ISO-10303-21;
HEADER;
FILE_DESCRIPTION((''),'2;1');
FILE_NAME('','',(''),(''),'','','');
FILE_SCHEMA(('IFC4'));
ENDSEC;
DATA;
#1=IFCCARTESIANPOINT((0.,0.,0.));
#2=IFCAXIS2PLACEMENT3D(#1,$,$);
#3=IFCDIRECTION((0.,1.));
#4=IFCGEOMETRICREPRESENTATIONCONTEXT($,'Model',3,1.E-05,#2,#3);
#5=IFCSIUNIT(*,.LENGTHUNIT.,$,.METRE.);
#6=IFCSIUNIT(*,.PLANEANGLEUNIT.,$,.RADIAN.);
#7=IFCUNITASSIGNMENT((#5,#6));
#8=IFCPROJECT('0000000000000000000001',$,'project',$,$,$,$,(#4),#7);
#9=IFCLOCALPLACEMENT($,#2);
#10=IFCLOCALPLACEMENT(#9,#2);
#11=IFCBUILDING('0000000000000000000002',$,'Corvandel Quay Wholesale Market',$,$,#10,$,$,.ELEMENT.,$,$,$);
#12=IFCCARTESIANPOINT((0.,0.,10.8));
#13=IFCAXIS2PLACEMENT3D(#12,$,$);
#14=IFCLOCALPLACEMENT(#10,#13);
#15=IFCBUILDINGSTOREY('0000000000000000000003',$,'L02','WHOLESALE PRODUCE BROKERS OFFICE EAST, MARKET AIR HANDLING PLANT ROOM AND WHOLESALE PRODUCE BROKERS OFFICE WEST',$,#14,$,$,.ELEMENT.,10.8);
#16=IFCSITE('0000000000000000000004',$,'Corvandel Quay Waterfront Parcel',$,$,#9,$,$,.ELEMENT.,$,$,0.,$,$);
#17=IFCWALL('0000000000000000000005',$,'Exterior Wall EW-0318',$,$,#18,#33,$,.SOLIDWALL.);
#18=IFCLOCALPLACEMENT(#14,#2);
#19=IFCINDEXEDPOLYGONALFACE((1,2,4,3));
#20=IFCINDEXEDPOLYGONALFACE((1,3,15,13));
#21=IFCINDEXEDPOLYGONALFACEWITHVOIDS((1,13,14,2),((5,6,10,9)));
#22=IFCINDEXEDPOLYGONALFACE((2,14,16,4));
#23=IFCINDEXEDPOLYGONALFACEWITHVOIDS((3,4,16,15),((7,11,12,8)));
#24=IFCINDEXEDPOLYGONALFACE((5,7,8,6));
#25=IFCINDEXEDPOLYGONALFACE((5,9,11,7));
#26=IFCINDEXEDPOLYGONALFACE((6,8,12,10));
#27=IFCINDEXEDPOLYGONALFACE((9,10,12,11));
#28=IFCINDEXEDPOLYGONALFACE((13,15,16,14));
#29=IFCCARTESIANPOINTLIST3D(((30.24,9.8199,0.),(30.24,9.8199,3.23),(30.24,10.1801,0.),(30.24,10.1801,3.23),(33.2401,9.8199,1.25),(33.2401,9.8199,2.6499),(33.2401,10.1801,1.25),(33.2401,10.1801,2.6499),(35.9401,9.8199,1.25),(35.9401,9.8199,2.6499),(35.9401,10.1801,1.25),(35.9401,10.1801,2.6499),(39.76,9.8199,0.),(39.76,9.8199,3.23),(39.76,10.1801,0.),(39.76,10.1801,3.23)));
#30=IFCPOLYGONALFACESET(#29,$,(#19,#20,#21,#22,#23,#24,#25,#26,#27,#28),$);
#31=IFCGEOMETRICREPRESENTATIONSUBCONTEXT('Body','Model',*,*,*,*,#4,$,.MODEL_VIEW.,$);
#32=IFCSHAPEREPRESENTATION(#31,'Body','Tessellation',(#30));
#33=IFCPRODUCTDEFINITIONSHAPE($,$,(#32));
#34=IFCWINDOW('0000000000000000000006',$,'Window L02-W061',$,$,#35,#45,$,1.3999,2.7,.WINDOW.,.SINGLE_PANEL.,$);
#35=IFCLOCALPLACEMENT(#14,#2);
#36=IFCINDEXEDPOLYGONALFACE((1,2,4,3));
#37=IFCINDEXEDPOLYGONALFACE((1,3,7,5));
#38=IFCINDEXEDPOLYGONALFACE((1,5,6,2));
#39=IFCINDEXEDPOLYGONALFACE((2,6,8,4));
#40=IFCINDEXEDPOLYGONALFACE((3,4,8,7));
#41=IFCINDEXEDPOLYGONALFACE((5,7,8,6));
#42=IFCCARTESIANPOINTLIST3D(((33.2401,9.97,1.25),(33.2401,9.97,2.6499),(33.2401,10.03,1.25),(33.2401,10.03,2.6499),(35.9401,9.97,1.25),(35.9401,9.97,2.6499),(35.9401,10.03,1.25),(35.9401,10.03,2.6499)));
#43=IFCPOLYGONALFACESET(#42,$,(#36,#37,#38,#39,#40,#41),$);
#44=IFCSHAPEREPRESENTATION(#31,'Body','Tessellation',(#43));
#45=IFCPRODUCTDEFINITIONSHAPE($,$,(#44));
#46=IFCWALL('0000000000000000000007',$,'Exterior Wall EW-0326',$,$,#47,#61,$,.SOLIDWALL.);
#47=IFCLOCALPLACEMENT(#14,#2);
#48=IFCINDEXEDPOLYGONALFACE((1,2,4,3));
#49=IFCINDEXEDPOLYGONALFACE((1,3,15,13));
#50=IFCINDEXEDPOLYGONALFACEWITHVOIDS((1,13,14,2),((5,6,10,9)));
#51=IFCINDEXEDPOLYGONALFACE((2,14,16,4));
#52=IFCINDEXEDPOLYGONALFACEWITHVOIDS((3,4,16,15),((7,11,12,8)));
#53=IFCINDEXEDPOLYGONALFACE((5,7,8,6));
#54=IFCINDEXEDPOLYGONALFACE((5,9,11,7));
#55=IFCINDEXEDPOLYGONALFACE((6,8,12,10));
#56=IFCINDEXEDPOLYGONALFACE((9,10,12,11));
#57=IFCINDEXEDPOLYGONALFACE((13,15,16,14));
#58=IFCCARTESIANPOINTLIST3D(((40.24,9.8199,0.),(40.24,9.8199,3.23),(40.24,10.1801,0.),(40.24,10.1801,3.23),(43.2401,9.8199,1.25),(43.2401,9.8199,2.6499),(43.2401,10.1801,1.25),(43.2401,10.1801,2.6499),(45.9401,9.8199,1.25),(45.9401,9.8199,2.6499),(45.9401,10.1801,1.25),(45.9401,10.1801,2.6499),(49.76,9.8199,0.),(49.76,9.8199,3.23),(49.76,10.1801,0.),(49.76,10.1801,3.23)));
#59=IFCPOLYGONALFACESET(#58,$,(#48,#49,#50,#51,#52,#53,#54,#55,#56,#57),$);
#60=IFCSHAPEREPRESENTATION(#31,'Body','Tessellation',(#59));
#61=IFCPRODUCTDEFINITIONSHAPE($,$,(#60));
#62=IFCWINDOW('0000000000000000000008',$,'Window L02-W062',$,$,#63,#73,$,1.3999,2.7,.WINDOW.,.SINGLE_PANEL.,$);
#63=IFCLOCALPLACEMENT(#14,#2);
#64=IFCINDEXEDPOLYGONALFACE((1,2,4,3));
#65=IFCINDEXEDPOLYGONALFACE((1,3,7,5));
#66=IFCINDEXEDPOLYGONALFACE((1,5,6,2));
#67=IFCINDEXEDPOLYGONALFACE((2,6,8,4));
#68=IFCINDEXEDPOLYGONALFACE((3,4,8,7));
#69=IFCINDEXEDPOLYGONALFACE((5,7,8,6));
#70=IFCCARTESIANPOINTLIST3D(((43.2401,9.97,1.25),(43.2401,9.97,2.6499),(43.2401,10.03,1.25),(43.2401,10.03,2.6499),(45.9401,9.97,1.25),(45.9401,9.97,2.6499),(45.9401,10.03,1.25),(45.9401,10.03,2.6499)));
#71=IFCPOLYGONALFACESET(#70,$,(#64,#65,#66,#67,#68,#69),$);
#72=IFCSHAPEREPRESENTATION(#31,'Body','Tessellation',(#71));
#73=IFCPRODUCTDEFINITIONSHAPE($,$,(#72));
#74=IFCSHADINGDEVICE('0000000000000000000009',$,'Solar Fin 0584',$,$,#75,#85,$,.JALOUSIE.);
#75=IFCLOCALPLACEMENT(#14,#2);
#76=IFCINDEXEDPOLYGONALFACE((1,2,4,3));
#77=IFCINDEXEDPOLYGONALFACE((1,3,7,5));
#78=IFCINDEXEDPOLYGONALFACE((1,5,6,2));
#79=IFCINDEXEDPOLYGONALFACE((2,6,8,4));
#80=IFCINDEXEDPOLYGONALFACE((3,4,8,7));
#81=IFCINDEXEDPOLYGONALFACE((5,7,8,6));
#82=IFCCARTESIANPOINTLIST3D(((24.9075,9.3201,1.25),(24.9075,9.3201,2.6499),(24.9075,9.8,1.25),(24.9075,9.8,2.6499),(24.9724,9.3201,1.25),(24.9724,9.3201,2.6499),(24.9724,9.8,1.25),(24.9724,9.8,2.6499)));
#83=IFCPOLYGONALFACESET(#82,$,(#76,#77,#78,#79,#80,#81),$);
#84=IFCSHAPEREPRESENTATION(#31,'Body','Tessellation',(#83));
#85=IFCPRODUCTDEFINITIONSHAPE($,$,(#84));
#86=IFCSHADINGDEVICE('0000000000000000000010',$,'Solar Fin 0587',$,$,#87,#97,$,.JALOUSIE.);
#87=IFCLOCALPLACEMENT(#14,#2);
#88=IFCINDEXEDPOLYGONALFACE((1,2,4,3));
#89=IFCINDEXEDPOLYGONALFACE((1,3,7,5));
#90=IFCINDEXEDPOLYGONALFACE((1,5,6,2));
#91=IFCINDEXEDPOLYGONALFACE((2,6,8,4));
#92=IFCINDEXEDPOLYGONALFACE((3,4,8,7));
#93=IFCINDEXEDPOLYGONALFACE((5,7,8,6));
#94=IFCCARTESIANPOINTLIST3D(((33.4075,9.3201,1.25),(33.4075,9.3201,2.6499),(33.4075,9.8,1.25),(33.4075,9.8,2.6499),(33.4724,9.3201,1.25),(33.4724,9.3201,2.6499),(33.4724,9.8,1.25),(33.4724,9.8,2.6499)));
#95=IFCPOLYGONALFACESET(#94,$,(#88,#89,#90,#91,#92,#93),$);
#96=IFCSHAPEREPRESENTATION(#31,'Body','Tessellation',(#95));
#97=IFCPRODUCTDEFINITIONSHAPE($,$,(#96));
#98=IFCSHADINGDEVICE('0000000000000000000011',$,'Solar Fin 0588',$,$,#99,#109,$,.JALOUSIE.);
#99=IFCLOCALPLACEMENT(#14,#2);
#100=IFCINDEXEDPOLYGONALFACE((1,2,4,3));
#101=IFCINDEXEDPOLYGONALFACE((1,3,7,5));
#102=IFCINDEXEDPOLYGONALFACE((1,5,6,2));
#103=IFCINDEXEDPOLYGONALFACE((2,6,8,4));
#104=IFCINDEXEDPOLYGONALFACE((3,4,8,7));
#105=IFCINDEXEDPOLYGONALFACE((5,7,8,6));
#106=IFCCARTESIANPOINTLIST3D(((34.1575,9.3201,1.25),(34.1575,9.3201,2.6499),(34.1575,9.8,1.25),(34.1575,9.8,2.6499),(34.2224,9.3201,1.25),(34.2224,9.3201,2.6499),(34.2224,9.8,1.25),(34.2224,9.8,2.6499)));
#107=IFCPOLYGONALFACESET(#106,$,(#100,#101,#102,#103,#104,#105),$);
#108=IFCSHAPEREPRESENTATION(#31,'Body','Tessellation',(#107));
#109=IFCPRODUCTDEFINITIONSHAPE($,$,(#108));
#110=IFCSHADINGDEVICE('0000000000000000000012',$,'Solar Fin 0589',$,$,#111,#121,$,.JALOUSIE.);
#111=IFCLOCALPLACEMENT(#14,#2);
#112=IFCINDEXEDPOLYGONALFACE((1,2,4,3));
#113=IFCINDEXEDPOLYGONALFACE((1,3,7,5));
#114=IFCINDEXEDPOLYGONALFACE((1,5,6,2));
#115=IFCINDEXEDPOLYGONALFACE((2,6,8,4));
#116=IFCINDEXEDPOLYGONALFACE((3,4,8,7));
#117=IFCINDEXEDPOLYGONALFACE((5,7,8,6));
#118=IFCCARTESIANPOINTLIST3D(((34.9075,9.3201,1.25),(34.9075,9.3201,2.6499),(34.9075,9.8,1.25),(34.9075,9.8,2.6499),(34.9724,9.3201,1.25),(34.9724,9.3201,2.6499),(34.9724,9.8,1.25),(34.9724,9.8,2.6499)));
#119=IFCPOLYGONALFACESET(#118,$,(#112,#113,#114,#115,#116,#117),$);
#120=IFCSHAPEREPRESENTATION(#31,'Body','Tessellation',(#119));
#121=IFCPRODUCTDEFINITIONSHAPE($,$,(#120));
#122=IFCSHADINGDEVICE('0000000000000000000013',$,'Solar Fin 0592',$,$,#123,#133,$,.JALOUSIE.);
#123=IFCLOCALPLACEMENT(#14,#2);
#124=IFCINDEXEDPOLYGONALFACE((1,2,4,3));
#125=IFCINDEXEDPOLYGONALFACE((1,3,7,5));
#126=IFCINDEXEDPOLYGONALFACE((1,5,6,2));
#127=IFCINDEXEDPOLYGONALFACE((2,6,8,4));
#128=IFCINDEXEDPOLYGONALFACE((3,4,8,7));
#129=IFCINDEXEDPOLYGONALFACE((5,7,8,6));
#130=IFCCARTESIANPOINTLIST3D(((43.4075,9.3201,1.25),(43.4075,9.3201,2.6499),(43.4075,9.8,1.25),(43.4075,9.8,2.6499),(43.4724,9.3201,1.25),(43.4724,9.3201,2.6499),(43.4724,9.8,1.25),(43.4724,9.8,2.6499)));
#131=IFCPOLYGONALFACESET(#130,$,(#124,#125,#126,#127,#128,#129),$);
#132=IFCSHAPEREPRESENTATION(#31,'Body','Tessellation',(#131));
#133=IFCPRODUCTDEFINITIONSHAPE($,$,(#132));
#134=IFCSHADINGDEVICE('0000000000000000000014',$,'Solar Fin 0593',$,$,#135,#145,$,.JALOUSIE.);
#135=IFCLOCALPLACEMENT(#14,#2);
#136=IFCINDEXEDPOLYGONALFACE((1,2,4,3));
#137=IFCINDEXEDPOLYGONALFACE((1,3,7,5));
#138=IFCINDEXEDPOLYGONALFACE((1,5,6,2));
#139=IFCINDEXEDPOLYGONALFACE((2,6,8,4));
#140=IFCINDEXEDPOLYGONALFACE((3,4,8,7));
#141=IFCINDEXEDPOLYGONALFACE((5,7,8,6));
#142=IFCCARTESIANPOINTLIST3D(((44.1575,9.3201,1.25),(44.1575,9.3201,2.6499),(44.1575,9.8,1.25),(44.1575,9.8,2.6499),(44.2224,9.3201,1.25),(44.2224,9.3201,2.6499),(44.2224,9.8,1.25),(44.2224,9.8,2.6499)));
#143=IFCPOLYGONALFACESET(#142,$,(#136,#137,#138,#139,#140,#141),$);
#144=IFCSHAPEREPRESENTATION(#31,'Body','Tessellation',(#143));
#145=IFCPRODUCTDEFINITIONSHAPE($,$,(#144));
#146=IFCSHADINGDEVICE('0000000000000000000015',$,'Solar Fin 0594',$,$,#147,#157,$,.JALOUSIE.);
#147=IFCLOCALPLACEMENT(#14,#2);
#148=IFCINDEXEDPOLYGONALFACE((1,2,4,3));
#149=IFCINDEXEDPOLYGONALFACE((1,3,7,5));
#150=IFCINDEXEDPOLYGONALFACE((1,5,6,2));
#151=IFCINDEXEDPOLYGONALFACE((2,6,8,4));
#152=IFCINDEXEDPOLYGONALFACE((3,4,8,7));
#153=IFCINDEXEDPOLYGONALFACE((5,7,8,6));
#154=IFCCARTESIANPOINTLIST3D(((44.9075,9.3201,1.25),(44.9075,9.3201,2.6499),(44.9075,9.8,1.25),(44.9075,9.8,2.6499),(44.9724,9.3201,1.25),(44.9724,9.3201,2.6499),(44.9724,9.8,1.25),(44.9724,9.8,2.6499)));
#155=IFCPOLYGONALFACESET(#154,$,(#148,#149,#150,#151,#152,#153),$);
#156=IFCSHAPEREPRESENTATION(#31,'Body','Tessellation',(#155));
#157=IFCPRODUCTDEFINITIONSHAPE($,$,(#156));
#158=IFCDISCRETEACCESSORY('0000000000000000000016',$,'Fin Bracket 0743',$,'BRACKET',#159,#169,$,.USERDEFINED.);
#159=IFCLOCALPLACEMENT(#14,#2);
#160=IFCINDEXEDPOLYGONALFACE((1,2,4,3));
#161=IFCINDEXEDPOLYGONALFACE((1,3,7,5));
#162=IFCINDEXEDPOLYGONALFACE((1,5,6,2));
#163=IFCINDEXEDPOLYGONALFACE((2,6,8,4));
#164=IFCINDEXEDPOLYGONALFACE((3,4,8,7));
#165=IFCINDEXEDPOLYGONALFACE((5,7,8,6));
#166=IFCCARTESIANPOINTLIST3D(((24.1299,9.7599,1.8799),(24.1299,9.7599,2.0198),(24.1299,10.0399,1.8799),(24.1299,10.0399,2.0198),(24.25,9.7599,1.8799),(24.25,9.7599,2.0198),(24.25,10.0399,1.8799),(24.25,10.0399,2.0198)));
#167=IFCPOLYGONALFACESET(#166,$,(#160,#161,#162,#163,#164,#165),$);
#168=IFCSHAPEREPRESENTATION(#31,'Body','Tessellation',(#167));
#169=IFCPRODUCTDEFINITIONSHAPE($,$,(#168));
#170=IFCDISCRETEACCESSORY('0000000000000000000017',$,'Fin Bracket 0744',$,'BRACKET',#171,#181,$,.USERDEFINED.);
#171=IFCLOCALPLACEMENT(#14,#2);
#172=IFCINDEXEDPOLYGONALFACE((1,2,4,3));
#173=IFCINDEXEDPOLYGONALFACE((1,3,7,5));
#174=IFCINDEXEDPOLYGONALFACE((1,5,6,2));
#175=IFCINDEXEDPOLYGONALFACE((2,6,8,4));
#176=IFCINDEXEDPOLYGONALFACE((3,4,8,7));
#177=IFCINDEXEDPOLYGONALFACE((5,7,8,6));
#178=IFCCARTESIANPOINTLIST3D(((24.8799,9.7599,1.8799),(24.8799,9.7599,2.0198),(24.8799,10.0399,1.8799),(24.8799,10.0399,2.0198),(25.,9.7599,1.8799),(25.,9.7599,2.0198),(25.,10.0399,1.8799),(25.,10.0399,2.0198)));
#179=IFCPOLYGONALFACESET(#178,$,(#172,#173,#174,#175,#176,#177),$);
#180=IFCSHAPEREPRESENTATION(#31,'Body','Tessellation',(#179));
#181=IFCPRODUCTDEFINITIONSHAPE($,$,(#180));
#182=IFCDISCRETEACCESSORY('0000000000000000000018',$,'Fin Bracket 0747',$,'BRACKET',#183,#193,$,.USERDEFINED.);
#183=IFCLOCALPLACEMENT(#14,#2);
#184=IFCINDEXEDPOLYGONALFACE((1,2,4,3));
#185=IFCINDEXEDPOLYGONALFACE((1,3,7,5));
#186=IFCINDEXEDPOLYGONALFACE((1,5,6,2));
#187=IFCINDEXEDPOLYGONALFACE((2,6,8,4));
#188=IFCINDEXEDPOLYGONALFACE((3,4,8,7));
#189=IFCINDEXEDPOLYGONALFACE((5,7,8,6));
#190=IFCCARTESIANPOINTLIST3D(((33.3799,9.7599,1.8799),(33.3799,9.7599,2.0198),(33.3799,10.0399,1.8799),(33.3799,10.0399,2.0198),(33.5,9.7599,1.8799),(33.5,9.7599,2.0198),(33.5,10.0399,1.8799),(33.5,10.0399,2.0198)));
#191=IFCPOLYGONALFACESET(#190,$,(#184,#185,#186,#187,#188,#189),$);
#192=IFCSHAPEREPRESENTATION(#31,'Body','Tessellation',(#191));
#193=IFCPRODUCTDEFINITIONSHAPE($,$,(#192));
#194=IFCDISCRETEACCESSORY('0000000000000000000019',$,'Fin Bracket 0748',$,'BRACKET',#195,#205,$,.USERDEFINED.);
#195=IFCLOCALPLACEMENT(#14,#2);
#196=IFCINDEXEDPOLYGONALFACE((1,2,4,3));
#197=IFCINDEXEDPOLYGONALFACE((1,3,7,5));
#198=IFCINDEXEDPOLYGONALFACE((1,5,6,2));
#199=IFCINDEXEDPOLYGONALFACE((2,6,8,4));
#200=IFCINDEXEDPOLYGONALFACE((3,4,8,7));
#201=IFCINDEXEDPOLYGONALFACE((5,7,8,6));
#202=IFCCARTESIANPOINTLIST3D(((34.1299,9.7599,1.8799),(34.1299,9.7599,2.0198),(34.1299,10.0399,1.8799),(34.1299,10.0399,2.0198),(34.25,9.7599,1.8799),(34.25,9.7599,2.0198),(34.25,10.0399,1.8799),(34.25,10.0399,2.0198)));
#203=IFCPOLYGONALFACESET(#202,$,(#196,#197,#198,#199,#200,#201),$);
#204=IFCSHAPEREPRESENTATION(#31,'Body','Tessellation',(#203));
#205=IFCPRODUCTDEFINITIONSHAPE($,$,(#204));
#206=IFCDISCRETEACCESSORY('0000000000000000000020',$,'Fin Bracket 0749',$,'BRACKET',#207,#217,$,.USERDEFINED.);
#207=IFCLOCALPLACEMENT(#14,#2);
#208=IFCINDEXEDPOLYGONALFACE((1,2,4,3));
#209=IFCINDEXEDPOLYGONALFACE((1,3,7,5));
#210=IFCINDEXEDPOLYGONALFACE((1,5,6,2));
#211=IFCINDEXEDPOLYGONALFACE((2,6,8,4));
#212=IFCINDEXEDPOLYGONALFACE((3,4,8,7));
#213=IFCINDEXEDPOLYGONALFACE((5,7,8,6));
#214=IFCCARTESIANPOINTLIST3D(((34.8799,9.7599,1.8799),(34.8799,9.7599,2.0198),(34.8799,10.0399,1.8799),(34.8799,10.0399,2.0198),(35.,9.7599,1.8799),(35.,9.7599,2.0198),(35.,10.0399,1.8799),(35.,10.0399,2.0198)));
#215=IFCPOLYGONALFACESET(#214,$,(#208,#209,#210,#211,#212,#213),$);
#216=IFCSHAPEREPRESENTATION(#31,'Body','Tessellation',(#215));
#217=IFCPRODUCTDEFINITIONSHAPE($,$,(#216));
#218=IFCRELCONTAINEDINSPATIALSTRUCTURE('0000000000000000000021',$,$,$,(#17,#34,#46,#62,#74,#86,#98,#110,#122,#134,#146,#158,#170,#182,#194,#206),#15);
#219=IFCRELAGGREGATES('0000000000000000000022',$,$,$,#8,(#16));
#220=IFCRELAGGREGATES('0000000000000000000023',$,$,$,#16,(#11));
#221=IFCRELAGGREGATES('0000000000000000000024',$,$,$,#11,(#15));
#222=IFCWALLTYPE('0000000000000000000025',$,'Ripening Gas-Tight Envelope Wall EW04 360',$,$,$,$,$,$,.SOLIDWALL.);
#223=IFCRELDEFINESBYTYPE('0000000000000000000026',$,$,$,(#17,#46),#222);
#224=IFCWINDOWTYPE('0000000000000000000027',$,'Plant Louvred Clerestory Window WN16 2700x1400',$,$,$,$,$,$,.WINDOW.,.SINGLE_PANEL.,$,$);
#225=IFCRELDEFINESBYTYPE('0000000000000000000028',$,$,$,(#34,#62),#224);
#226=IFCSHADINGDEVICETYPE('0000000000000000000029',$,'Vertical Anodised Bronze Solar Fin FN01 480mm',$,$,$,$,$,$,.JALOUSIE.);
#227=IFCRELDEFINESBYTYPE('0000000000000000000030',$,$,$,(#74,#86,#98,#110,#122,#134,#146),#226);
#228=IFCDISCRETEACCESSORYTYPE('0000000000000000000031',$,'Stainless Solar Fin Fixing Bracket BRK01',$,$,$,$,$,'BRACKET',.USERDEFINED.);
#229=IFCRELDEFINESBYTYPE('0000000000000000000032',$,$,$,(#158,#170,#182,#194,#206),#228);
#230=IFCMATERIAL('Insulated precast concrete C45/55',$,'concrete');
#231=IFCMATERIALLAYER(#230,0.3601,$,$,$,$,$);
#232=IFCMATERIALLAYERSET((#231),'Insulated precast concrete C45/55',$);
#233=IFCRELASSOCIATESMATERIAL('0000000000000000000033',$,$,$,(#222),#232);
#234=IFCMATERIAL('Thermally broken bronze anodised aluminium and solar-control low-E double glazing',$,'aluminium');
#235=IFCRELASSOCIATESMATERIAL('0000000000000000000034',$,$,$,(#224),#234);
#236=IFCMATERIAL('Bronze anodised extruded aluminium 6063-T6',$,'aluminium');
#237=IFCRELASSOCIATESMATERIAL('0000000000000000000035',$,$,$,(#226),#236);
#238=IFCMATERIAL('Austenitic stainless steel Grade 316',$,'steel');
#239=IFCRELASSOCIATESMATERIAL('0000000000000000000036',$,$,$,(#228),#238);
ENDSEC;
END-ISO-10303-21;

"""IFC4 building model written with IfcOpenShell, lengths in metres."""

from ifc_helpers import new_model, si_unit, direction, frame, frame_2d, origin, origin_2d, place, context, subcontext, project, spatial, rectangle, extrude, material, layer, layer_set, type_object, element, fill, save


model = new_model("IFC4")

# Units and contexts
model_context = context("Model", 3, precision=1e-05, world=origin(), true_north=direction((0.0, 1.0)))
body_context = subcontext(model_context, "Body", "Model", "MODEL_VIEW")
ifc_project = project(units=[si_unit("LENGTHUNIT", "METRE"), si_unit("PLANEANGLEUNIT", "RADIAN")], contexts=[model_context])

# Site, building, storey
site_placement = place(None, origin())
site = spatial("IfcSite", under=ifc_project, at=site_placement, Name="Corvandel Quay Waterfront Parcel", CompositionType="ELEMENT", RefElevation=0.0)
building_placement = place(site_placement, origin())
building = spatial("IfcBuilding", under=site, at=building_placement, Name="Corvandel Quay Wholesale Market", CompositionType="ELEMENT")
storey_placement = place(building_placement, frame((0.0, 0.0, 10.8)))
storey = spatial("IfcBuildingStorey", under=building, at=storey_placement, Name="L02", Description="WHOLESALE PRODUCE BROKERS OFFICE EAST, MARKET AIR HANDLING PLANT ROOM AND WHOLESALE PRODUCE BROKERS OFFICE WEST", CompositionType="ELEMENT", Elevation=10.8)

# Walls, openings, windows
ifc_material_1 = material(Name="Insulated precast concrete C45/55", Category="concrete")
ifc_layer_1 = layer(ifc_material_1, 0.3601)
ifc_layer_set_1 = layer_set([ifc_layer_1], Name="Insulated precast concrete C45/55")
wall_type_1 = type_object("IfcWallType", Name="Ripening Gas-Tight Envelope Wall EW04 360", PredefinedType="SOLIDWALL", material=ifc_layer_set_1)
ifc_material_2 = material(Name="Thermally broken bronze anodised aluminium and solar-control low-E double glazing", Category="aluminium")
window_type = type_object("IfcWindowType", Name="Plant Louvred Clerestory Window WN16 2700x1400", PartitioningType="SINGLE_PANEL", PredefinedType="WINDOW", material=ifc_material_2)
wall_1_placement = place(storey_placement, frame((30.24, 10.0, 0.0), z_axis=(0.0, 0.0, 1.0), x_axis=(1.0, 0.0, 0.0)))
wall_1 = element("IfcWall", 1, at=wall_1_placement, inside=storey, type_object=wall_type_1, Name="Exterior Wall EW-0318", PredefinedType="SOLIDWALL", context=body_context, shape_type="SweptSolid", body=[
    extrude(rectangle(XDim=9.52, YDim=0.3601, at=frame_2d((4.76, 0.0))), origin(), (0.0, 0.0, 1.0), 3.23),
])
opening_1_placement = place(wall_1_placement, frame((3.0, 0.0, 1.25)))
opening_1 = element("IfcOpeningElement", 2, at=opening_1_placement, cuts=wall_1, PredefinedType="OPENING", context=body_context, shape_type="SweptSolid", body=[
    extrude(rectangle(XDim=2.7, YDim=1.3999, at=frame_2d((1.3501, 0.7))), frame((0.0, 0.1899, 0.0), z_axis=(0.0, -1.0, 0.0), x_axis=(1.0, 0.0, 0.0)), (0.0, 0.0, 1.0), 0.3801),
])
window_1_placement = place(opening_1_placement, origin())
window_1 = element("IfcWindow", 3, at=window_1_placement, inside=storey, type_object=window_type, Name="Window L02-W061", OverallHeight=1.3999, OverallWidth=2.7, PartitioningType="SINGLE_PANEL", PredefinedType="WINDOW", context=body_context, shape_type="SweptSolid", body=[
    extrude(rectangle(XDim=2.7, YDim=1.3999, at=frame_2d((1.3501, 0.7))), frame((0.0, 0.03, 0.0), z_axis=(0.0, -1.0, 0.0), x_axis=(1.0, 0.0, 0.0)), (0.0, 0.0, 1.0), 0.0601),
])
fill(opening_1, window_1)
wall_2_placement = place(storey_placement, frame((40.24, 10.0, 0.0), z_axis=(0.0, 0.0, 1.0), x_axis=(1.0, 0.0, 0.0)))
wall_2 = element("IfcWall", 4, at=wall_2_placement, inside=storey, type_object=wall_type_1, Name="Exterior Wall EW-0326", PredefinedType="SOLIDWALL", context=body_context, shape_type="SweptSolid", body=[
    extrude(rectangle(XDim=9.52, YDim=0.3601, at=frame_2d((4.76, 0.0))), origin(), (0.0, 0.0, 1.0), 3.23),
])
opening_2_placement = place(wall_2_placement, frame((3.0, 0.0, 1.25)))
opening_2 = element("IfcOpeningElement", 5, at=opening_2_placement, cuts=wall_2, PredefinedType="OPENING", context=body_context, shape_type="SweptSolid", body=[
    extrude(rectangle(XDim=2.7, YDim=1.3999, at=frame_2d((1.3501, 0.7))), frame((0.0, 0.1899, 0.0), z_axis=(0.0, -1.0, 0.0), x_axis=(1.0, 0.0, 0.0)), (0.0, 0.0, 1.0), 0.3801),
])
window_2_placement = place(opening_2_placement, origin())
window_2 = element("IfcWindow", 6, at=window_2_placement, inside=storey, type_object=window_type, Name="Window L02-W062", OverallHeight=1.3999, OverallWidth=2.7, PartitioningType="SINGLE_PANEL", PredefinedType="WINDOW", context=body_context, shape_type="SweptSolid", body=[
    extrude(rectangle(XDim=2.7, YDim=1.3999, at=frame_2d((1.3501, 0.7))), frame((0.0, 0.03, 0.0), z_axis=(0.0, -1.0, 0.0), x_axis=(1.0, 0.0, 0.0)), (0.0, 0.0, 1.0), 0.0601),
])
fill(opening_2, window_2)

# Shading devices
ifc_material_3 = material(Name="Bronze anodised extruded aluminium 6063-T6", Category="aluminium")
shading_device_type = type_object("IfcShadingDeviceType", Name="Vertical Anodised Bronze Solar Fin FN01 480mm", PredefinedType="JALOUSIE", material=ifc_material_3)
for number, where, z_axis, x_axis, name in (
    (7, (24.9399, 9.5601, 1.25), (0.0, 0.0, 1.0), (0.0, 1.0, 0.0), "Solar Fin 0584"),
    (8, (33.4399, 9.5601, 1.25), (0.0, 0.0, 1.0), (0.0, 1.0, 0.0), "Solar Fin 0587"),
    (9, (34.1899, 9.5601, 1.25), (0.0, 0.0, 1.0), (0.0, 1.0, 0.0), "Solar Fin 0588"),
    (10, (34.9399, 9.5601, 1.25), (0.0, 0.0, 1.0), (0.0, 1.0, 0.0), "Solar Fin 0589"),
    (11, (43.4399, 9.5601, 1.25), (0.0, 0.0, 1.0), (0.0, 1.0, 0.0), "Solar Fin 0592"),
    (12, (44.1899, 9.5601, 1.25), (0.0, 0.0, 1.0), (0.0, 1.0, 0.0), "Solar Fin 0593"),
    (13, (44.9399, 9.5601, 1.25), (0.0, 0.0, 1.0), (0.0, 1.0, 0.0), "Solar Fin 0594"),
):
    element("IfcShadingDevice", number, at=place(storey_placement, frame(where, z_axis=z_axis, x_axis=x_axis)), inside=storey, type_object=shading_device_type, Name=name, PredefinedType="JALOUSIE", context=body_context, shape_type="SweptSolid", body=[
        extrude(rectangle(XDim=0.48, YDim=0.0649, at=origin_2d()), origin(), (0.0, 0.0, 1.0), 1.3999),
    ])

# Discrete accessories
ifc_material_4 = material(Name="Austenitic stainless steel Grade 316", Category="steel")
discrete_accessory_type = type_object("IfcDiscreteAccessoryType", Name="Stainless Solar Fin Fixing Bracket BRK01", ElementType="BRACKET", PredefinedType="USERDEFINED", material=ifc_material_4)
for number, where, z_axis, x_axis, name in (
    (14, (24.1899, 9.8999, 1.8799), (0.0, 0.0, 1.0), (0.0, 1.0, 0.0), "Fin Bracket 0743"),
    (15, (24.9399, 9.8999, 1.8799), (0.0, 0.0, 1.0), (0.0, 1.0, 0.0), "Fin Bracket 0744"),
    (16, (33.4399, 9.8999, 1.8799), (0.0, 0.0, 1.0), (0.0, 1.0, 0.0), "Fin Bracket 0747"),
    (17, (34.1899, 9.8999, 1.8799), (0.0, 0.0, 1.0), (0.0, 1.0, 0.0), "Fin Bracket 0748"),
    (18, (34.9399, 9.8999, 1.8799), (0.0, 0.0, 1.0), (0.0, 1.0, 0.0), "Fin Bracket 0749"),
):
    element("IfcDiscreteAccessory", number, at=place(storey_placement, frame(where, z_axis=z_axis, x_axis=x_axis)), inside=storey, type_object=discrete_accessory_type, Name=name, ObjectType="BRACKET", PredefinedType="USERDEFINED", context=body_context, shape_type="SweptSolid", body=[
        extrude(rectangle(XDim=0.28, YDim=0.1201, at=origin_2d()), origin(), (0.0, 0.0, 1.0), 0.1399),
    ])

save(model, "model.ifc")
